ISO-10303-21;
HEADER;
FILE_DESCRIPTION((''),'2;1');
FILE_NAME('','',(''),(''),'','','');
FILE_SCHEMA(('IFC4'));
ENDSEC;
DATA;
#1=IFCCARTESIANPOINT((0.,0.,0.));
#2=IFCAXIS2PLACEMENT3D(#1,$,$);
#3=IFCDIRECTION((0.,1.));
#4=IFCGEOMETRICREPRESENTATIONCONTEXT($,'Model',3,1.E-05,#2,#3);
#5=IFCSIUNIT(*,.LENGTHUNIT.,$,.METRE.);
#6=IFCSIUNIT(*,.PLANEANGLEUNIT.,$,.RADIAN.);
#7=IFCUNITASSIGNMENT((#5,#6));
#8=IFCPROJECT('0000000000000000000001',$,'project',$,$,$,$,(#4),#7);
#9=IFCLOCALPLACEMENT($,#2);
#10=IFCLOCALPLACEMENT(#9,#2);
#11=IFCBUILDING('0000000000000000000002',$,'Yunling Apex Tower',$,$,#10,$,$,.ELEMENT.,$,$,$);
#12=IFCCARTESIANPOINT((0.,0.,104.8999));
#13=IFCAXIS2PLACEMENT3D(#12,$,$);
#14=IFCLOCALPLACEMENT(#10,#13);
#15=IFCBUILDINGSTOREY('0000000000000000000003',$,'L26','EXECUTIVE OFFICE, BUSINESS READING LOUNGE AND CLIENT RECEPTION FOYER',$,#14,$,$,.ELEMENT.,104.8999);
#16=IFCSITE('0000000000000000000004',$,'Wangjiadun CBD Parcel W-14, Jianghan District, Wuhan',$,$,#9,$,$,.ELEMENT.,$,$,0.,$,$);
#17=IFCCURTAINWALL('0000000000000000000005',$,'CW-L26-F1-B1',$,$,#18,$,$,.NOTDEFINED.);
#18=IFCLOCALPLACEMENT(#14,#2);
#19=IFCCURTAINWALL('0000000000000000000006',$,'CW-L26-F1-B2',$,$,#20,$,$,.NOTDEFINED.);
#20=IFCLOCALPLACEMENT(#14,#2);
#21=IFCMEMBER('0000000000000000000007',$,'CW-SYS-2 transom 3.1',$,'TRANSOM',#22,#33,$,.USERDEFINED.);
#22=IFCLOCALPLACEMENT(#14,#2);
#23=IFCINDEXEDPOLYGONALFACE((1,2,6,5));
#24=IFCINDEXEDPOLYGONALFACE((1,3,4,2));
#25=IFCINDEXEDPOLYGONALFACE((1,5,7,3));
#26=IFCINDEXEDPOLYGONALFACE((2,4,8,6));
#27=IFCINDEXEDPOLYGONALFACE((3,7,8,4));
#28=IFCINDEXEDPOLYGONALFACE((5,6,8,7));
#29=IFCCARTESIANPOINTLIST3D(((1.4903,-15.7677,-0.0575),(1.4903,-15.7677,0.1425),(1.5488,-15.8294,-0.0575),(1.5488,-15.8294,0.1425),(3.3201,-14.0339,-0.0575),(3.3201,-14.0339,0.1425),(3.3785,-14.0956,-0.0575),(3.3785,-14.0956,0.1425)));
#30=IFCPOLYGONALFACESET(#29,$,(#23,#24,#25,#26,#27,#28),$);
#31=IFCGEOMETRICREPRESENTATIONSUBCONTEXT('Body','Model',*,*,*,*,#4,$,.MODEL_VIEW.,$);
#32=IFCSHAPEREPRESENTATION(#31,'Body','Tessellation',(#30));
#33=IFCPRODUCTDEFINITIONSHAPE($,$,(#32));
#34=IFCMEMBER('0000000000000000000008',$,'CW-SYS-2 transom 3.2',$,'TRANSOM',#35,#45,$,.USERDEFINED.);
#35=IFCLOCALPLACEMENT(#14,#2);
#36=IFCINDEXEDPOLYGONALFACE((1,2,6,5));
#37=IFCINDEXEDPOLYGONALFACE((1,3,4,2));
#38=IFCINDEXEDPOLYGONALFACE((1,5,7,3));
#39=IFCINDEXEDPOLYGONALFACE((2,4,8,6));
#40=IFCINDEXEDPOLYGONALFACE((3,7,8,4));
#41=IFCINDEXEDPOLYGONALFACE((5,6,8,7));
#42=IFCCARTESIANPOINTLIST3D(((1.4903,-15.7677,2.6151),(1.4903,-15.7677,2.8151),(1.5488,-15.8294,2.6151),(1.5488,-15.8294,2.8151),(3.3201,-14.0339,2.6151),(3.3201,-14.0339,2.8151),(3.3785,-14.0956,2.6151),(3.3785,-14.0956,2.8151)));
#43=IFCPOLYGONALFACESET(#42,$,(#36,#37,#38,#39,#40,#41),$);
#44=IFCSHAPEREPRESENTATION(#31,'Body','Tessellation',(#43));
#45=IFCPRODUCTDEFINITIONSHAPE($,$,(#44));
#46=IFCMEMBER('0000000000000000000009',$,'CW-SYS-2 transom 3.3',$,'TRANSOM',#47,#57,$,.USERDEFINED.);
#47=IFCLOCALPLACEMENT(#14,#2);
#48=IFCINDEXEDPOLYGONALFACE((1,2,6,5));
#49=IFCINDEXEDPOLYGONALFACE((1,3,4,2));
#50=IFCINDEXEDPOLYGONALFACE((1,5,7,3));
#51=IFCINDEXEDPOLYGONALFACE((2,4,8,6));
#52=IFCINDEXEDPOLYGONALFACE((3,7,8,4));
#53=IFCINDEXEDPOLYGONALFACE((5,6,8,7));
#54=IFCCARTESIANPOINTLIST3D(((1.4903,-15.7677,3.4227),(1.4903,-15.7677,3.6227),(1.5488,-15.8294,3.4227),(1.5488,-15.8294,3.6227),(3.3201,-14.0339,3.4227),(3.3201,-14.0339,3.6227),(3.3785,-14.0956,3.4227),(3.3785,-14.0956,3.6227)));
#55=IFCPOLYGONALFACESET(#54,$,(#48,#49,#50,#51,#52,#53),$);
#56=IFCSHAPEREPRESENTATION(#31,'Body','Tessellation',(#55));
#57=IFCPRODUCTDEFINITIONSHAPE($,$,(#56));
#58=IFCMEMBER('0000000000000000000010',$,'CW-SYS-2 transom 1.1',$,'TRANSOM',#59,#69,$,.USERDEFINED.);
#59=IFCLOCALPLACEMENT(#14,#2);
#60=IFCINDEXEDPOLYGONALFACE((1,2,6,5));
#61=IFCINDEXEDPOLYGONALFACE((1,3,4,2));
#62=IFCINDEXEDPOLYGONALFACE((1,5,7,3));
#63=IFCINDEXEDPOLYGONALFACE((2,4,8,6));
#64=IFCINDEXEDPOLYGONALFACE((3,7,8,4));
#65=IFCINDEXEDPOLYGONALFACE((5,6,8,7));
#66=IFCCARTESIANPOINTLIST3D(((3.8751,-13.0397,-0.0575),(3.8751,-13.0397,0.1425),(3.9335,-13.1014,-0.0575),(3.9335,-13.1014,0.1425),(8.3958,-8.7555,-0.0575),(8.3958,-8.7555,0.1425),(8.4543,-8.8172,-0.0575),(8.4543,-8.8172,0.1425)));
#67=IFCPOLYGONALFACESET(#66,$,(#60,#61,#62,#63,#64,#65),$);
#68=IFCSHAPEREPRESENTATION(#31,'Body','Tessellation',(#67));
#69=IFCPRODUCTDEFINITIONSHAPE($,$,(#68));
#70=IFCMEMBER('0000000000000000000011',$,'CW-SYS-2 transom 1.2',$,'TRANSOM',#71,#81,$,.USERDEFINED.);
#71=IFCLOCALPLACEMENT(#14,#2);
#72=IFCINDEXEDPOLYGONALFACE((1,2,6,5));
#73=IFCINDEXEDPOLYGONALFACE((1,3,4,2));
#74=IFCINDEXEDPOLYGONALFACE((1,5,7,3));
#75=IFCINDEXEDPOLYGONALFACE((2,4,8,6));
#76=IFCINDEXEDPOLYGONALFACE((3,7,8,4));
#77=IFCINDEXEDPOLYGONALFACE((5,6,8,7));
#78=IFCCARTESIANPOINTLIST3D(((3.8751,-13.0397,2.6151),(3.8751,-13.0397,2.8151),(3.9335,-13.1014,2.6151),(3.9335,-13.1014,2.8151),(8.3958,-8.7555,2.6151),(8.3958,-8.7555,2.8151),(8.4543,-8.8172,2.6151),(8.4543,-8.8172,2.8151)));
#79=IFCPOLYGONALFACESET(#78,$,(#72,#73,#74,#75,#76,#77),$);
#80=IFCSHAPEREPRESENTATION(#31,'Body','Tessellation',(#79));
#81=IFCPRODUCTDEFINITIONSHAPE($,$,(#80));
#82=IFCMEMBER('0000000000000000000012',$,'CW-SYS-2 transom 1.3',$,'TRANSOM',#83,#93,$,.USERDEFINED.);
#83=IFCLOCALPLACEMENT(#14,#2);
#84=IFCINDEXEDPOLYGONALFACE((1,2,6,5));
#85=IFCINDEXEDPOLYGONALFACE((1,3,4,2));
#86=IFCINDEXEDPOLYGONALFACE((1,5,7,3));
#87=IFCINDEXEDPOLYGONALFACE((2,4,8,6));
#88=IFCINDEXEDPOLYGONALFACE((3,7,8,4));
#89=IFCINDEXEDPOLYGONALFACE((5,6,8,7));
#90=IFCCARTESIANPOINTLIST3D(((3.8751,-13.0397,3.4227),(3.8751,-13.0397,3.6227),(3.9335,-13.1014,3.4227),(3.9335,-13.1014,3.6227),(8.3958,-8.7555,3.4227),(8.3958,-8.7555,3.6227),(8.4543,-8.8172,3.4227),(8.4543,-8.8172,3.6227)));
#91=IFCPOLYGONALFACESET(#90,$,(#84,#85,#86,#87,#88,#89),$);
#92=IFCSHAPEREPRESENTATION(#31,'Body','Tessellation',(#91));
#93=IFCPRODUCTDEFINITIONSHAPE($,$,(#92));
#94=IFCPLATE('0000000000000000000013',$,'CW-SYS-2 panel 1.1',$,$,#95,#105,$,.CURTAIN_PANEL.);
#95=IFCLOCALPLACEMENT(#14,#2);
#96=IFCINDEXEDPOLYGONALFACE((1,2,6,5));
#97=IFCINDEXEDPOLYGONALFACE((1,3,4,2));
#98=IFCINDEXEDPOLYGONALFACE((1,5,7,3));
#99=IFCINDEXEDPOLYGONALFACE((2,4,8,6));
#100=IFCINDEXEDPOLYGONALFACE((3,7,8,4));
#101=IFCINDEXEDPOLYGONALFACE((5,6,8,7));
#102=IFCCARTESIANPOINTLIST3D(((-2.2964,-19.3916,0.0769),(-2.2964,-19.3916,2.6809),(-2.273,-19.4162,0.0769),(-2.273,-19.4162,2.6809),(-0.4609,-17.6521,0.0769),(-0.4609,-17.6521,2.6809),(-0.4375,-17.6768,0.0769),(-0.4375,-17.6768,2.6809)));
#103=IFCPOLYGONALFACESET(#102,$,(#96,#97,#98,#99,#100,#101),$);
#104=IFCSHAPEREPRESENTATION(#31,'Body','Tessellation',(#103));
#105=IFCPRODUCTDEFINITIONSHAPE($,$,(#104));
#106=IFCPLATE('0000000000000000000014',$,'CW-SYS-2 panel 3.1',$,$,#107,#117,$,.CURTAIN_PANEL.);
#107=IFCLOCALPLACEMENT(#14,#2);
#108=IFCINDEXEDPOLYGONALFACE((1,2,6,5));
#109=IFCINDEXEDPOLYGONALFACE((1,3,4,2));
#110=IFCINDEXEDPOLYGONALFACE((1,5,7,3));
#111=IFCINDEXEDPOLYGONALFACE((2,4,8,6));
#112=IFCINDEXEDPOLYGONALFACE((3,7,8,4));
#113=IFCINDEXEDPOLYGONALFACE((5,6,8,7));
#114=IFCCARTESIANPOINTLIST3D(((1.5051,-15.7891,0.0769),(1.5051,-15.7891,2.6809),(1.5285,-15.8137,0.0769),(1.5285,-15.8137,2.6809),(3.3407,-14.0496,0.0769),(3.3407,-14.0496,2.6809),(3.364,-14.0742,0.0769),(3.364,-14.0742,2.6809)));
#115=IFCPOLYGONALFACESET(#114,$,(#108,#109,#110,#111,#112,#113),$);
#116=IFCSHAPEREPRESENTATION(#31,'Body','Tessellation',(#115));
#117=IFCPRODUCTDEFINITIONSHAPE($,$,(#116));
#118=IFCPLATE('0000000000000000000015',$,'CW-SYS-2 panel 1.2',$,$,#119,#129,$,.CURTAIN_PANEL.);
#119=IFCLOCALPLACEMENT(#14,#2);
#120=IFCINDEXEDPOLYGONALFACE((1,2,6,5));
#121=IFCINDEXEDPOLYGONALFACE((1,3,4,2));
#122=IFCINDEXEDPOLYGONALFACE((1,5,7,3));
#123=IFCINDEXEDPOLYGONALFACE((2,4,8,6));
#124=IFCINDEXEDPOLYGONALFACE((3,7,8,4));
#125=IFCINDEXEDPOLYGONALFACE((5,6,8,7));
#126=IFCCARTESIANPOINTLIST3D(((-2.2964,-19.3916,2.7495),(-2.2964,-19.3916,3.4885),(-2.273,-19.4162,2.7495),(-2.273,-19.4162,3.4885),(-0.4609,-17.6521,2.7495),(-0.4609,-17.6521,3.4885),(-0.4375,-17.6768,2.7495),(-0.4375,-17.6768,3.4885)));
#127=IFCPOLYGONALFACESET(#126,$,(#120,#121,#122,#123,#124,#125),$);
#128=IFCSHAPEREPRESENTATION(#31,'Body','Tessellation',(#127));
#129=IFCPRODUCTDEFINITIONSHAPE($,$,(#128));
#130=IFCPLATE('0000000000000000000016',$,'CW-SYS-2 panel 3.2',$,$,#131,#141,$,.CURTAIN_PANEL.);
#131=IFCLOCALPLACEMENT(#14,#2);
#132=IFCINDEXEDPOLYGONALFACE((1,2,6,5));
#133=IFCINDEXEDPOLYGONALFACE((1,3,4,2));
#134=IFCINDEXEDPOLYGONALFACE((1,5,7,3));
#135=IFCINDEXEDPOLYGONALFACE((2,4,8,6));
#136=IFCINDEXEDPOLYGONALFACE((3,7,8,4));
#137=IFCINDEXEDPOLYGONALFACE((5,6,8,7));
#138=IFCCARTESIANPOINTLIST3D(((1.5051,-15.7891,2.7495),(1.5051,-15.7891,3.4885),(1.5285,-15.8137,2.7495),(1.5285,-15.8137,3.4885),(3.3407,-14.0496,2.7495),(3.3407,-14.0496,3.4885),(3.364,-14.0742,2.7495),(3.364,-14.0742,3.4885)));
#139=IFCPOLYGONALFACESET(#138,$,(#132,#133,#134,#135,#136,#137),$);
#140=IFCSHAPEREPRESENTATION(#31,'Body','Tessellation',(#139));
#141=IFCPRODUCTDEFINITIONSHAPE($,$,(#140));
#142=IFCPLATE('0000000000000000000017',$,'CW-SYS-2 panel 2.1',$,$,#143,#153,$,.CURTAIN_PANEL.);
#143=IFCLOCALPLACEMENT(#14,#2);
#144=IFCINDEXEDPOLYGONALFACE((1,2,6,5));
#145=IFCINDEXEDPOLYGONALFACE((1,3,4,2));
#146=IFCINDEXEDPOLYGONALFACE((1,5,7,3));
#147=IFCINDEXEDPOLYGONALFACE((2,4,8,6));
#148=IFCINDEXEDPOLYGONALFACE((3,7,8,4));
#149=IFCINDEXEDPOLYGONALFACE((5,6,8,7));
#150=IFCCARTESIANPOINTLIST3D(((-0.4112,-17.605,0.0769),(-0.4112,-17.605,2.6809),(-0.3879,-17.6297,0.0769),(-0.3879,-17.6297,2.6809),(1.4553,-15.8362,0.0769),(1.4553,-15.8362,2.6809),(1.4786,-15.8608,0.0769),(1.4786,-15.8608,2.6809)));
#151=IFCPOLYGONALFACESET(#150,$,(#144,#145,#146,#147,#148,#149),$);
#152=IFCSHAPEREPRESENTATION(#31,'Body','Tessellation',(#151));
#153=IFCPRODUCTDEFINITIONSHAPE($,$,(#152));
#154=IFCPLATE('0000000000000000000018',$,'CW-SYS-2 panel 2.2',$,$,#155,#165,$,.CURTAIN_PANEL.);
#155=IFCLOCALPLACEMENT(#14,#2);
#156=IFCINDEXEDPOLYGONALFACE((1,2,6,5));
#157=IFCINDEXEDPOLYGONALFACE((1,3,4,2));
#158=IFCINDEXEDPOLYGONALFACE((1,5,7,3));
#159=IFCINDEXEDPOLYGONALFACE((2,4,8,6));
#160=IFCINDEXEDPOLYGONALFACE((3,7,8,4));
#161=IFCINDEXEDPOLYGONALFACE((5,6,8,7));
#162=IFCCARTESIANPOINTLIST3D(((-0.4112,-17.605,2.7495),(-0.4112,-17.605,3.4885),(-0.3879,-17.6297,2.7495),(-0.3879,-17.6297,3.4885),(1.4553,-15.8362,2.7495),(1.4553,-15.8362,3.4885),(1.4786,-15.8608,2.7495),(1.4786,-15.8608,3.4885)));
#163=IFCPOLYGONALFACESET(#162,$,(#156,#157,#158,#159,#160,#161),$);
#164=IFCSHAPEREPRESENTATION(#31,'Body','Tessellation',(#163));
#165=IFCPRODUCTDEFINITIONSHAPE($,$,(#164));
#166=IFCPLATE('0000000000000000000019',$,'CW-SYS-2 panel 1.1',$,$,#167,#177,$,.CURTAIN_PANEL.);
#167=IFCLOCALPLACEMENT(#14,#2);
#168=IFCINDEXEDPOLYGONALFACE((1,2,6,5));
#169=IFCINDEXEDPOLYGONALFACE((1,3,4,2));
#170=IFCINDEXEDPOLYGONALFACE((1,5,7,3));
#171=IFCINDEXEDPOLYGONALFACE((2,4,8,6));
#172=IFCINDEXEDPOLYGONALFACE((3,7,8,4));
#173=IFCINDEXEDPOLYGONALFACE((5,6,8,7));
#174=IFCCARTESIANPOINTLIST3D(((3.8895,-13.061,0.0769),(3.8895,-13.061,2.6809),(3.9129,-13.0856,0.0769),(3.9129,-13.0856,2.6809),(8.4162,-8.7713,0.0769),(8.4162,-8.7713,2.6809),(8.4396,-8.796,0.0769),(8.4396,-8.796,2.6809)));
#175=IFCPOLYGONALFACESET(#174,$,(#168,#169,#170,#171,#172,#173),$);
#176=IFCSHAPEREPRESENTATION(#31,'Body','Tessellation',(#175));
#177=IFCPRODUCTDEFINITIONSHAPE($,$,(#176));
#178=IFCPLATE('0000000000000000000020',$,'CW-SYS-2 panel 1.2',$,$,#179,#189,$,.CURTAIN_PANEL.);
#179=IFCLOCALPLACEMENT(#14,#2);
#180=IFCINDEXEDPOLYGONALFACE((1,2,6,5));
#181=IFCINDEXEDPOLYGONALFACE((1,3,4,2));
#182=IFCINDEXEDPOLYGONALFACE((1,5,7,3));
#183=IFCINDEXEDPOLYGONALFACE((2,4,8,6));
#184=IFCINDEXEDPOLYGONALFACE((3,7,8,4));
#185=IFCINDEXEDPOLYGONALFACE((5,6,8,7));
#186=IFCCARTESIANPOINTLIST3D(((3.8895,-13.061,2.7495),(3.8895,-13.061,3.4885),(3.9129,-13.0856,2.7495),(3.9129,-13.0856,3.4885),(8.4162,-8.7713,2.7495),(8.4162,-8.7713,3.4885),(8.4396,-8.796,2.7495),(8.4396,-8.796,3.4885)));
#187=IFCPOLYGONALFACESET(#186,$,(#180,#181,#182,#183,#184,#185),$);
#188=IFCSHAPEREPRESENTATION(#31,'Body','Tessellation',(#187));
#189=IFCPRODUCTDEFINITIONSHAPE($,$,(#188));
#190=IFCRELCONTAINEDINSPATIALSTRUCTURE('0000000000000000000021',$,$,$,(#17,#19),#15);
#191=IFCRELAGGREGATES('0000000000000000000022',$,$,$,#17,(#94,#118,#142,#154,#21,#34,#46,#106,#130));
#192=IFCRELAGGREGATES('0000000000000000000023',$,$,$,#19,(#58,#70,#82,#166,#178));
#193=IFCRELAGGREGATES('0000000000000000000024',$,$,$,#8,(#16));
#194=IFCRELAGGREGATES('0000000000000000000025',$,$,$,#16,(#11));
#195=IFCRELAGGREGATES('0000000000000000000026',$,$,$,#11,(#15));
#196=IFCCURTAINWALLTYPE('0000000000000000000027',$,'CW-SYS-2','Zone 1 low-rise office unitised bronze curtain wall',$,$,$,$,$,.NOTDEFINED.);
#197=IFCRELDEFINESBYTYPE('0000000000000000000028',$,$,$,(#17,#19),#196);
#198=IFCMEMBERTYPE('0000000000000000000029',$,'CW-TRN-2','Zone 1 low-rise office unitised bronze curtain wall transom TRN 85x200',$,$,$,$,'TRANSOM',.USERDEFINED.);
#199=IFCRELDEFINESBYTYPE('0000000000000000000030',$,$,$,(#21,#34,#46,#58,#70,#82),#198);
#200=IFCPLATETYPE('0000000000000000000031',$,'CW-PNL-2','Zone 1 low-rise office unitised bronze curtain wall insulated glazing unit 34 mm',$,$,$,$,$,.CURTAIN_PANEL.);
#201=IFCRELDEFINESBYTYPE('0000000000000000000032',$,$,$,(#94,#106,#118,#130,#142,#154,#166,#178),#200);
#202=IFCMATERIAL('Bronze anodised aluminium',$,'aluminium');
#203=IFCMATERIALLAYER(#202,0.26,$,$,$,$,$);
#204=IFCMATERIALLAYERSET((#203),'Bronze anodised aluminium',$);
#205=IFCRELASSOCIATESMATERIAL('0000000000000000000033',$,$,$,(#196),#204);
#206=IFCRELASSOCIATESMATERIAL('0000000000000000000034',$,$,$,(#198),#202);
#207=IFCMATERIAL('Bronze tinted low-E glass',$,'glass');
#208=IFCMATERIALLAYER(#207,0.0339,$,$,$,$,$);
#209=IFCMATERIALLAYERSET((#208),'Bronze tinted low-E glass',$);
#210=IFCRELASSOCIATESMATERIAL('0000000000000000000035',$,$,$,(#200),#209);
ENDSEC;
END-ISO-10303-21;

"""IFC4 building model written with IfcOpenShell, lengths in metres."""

from ifc_helpers import new_model, si_unit, direction, frame, origin, origin_2d, place, context, subcontext, project, spatial, rectangle, extrude, source, transform, mapped, material, layer, layer_set, material_profile, profile_set, type_object, element, aggregate, save


model = new_model("IFC4")

# Units and contexts
model_context = context("Model", 3, precision=1e-05, world=origin(), true_north=direction((0.0, 1.0)))
body_context = subcontext(model_context, "Body", "Model", "MODEL_VIEW")
ifc_project = project(units=[si_unit("LENGTHUNIT", "METRE"), si_unit("PLANEANGLEUNIT", "RADIAN")], contexts=[model_context])

# Site, building, storey
site_placement = place(None, origin())
site = spatial("IfcSite", under=ifc_project, at=site_placement, Name="Wangjiadun CBD Parcel W-14, Jianghan District, Wuhan", CompositionType="ELEMENT", RefElevation=0.0)
building_placement = place(site_placement, origin())
building = spatial("IfcBuilding", under=site, at=building_placement, Name="Yunling Apex Tower", CompositionType="ELEMENT")
storey_placement = place(building_placement, frame((0.0, 0.0, 104.8999)))
storey = spatial("IfcBuildingStorey", under=building, at=storey_placement, Name="L26", Description="EXECUTIVE OFFICE, BUSINESS READING LOUNGE AND CLIENT RECEPTION FOYER", CompositionType="ELEMENT", Elevation=104.8999)

# Curtain walls
ifc_material_1 = material(Name="Bronze anodised aluminium", Category="aluminium")
ifc_layer_1 = layer(ifc_material_1, 0.26)
ifc_layer_set_1 = layer_set([ifc_layer_1], Name="Bronze anodised aluminium")
curtain_wall_type = type_object("IfcCurtainWallType", Name="CW-SYS-2", Description="Zone 1 low-rise office unitised bronze curtain wall", PredefinedType="NOTDEFINED", material=ifc_layer_set_1)
curtain_wall_1_placement = place(storey_placement, origin())
curtain_wall_1 = element("IfcCurtainWall", 1, at=curtain_wall_1_placement, inside=storey, type_object=curtain_wall_type, Name="CW-L26-F1-B1", PredefinedType="NOTDEFINED")
curtain_wall_2_placement = place(storey_placement, origin())
curtain_wall_2 = element("IfcCurtainWall", 2, at=curtain_wall_2_placement, inside=storey, type_object=curtain_wall_type, Name="CW-L26-F1-B2", PredefinedType="NOTDEFINED")

# Members
ifc_material_profile_1 = material_profile(ifc_material_1, rectangle(XDim=0.085, YDim=0.2, at=origin_2d()))
ifc_profile_set_1 = profile_set([ifc_material_profile_1], Name="Bronze anodised aluminium")
member_type_1 = type_object("IfcMemberType", Name="CW-TRN-2", Description="Zone 1 low-rise office unitised bronze curtain wall transom TRN 85x200", ElementType="TRANSOM", PredefinedType="USERDEFINED", material=ifc_profile_set_1)
shared_shape_1 = source(origin(), body_context, "Body", "SweptSolid", [
    extrude(rectangle(XDim=0.085, YDim=0.2, at=origin_2d()), origin(), (0.0, 0.0, 1.0), 2.5208),
])
member_1_placement = place(storey_placement, frame((1.5195, -15.7986, 0.0425), z_axis=(0.725881, 0.68782, 0.0), x_axis=(-0.68782, 0.725881, 0.0)))
member_1 = element("IfcMember", 3, at=member_1_placement, type_object=member_type_1, Name="CW-SYS-2 transom 3.1", ObjectType="TRANSOM", PredefinedType="USERDEFINED", context=body_context, shape_type="MappedRepresentation", body=[
    mapped(shared_shape_1, transform((0.0, 0.0, 0.0), scale=1.0)),
])
member_2_placement = place(storey_placement, frame((1.5195, -15.7986, 2.7151), z_axis=(0.725881, 0.68782, 0.0), x_axis=(-0.68782, 0.725881, 0.0)))
member_2 = element("IfcMember", 4, at=member_2_placement, type_object=member_type_1, Name="CW-SYS-2 transom 3.2", ObjectType="TRANSOM", PredefinedType="USERDEFINED", context=body_context, shape_type="MappedRepresentation", body=[
    mapped(shared_shape_1, transform((0.0, 0.0, 0.0), scale=1.0)),
])
member_3_placement = place(storey_placement, frame((1.5195, -15.7986, 3.5227), z_axis=(0.725881, 0.68782, 0.0), x_axis=(-0.68782, 0.725881, 0.0)))
member_3 = element("IfcMember", 5, at=member_3_placement, type_object=member_type_1, Name="CW-SYS-2 transom 3.3", ObjectType="TRANSOM", PredefinedType="USERDEFINED", context=body_context, shape_type="MappedRepresentation", body=[
    mapped(shared_shape_1, transform((0.0, 0.0, 0.0), scale=1.0)),
])
shared_shape_2 = source(origin(), body_context, "Body", "SweptSolid", [
    extrude(rectangle(XDim=0.085, YDim=0.2, at=origin_2d()), origin(), (0.0, 0.0, 1.0), 6.2283),
])
member_4_placement = place(storey_placement, frame((3.9043, -13.0706, 0.0425), z_axis=(0.725843, 0.68786, 0.0), x_axis=(-0.68786, 0.725843, 0.0)))
member_4 = element("IfcMember", 6, at=member_4_placement, type_object=member_type_1, Name="CW-SYS-2 transom 1.1", ObjectType="TRANSOM", PredefinedType="USERDEFINED", context=body_context, shape_type="MappedRepresentation", body=[
    mapped(shared_shape_2, transform((0.0, 0.0, 0.0), scale=1.0)),
])
member_5_placement = place(storey_placement, frame((3.9043, -13.0706, 2.7151), z_axis=(0.725843, 0.68786, 0.0), x_axis=(-0.68786, 0.725843, 0.0)))
member_5 = element("IfcMember", 7, at=member_5_placement, type_object=member_type_1, Name="CW-SYS-2 transom 1.2", ObjectType="TRANSOM", PredefinedType="USERDEFINED", context=body_context, shape_type="MappedRepresentation", body=[
    mapped(shared_shape_2, transform((0.0, 0.0, 0.0), scale=1.0)),
])
member_6_placement = place(storey_placement, frame((3.9043, -13.0706, 3.5227), z_axis=(0.725843, 0.68786, 0.0), x_axis=(-0.68786, 0.725843, 0.0)))
member_6 = element("IfcMember", 8, at=member_6_placement, type_object=member_type_1, Name="CW-SYS-2 transom 1.3", ObjectType="TRANSOM", PredefinedType="USERDEFINED", context=body_context, shape_type="MappedRepresentation", body=[
    mapped(shared_shape_2, transform((0.0, 0.0, 0.0), scale=1.0)),
])

# Plates
ifc_material_2 = material(Name="Bronze tinted low-E glass", Category="glass")
ifc_layer_2 = layer(ifc_material_2, 0.0339)
ifc_layer_set_2 = layer_set([ifc_layer_2], Name="Bronze tinted low-E glass")
plate_type = type_object("IfcPlateType", Name="CW-PNL-2", Description="Zone 1 low-rise office unitised bronze curtain wall insulated glazing unit 34 mm", PredefinedType="CURTAIN_PANEL", material=ifc_layer_set_2)
shared_shape_3 = source(origin(), body_context, "Body", "SweptSolid", [
    extrude(rectangle(XDim=2.5288, YDim=0.0339, at=origin_2d()), origin(), (0.0, 0.0, 1.0), 2.604),
])
plate_1_placement = place(storey_placement, frame((-1.3669, -18.5342, 0.0769), z_axis=(0.0, 0.0, 1.0), x_axis=(0.725842, 0.687861, 0.0)))
plate_1 = element("IfcPlate", 9, at=plate_1_placement, type_object=plate_type, Name="CW-SYS-2 panel 1.1", PredefinedType="CURTAIN_PANEL", context=body_context, shape_type="MappedRepresentation", body=[
    mapped(shared_shape_3, transform((0.0, 0.0, 0.0), scale=1.0)),
])
plate_2_placement = place(storey_placement, frame((2.4346, -14.9316, 0.0769), z_axis=(0.0, 0.0, 1.0), x_axis=(0.725842, 0.687861, 0.0)))
plate_2 = element("IfcPlate", 10, at=plate_2_placement, type_object=plate_type, Name="CW-SYS-2 panel 3.1", PredefinedType="CURTAIN_PANEL", context=body_context, shape_type="MappedRepresentation", body=[
    mapped(shared_shape_3, transform((0.0, 0.0, 0.0), scale=1.0)),
])
shared_shape_4 = source(origin(), body_context, "Body", "SweptSolid", [
    extrude(rectangle(XDim=2.5288, YDim=0.0339, at=origin_2d()), origin(), (0.0, 0.0, 1.0), 0.739),
])
plate_3_placement = place(storey_placement, frame((-1.3669, -18.5342, 2.7495), z_axis=(0.0, 0.0, 1.0), x_axis=(0.725842, 0.687861, 0.0)))
plate_3 = element("IfcPlate", 11, at=plate_3_placement, type_object=plate_type, Name="CW-SYS-2 panel 1.2", PredefinedType="CURTAIN_PANEL", context=body_context, shape_type="MappedRepresentation", body=[
    mapped(shared_shape_4, transform((0.0, 0.0, 0.0), scale=1.0)),
])
plate_4_placement = place(storey_placement, frame((2.4346, -14.9316, 2.7495), z_axis=(0.0, 0.0, 1.0), x_axis=(0.725842, 0.687861, 0.0)))
plate_4 = element("IfcPlate", 12, at=plate_4_placement, type_object=plate_type, Name="CW-SYS-2 panel 3.2", PredefinedType="CURTAIN_PANEL", context=body_context, shape_type="MappedRepresentation", body=[
    mapped(shared_shape_4, transform((0.0, 0.0, 0.0), scale=1.0)),
])
shared_shape_5 = source(origin(), body_context, "Body", "SweptSolid", [
    extrude(rectangle(XDim=2.5715, YDim=0.0339, at=origin_2d()), origin(), (0.0, 0.0, 1.0), 2.604),
])
plate_5_placement = place(storey_placement, frame((0.5337, -16.7329, 0.0769), z_axis=(0.0, 0.0, 1.0), x_axis=(0.725842, 0.687861, 0.0)))
plate_5 = element("IfcPlate", 13, at=plate_5_placement, type_object=plate_type, Name="CW-SYS-2 panel 2.1", PredefinedType="CURTAIN_PANEL", context=body_context, shape_type="MappedRepresentation", body=[
    mapped(shared_shape_5, transform((0.0, 0.0, 0.0), scale=1.0)),
])
shared_shape_6 = source(origin(), body_context, "Body", "SweptSolid", [
    extrude(rectangle(XDim=2.5715, YDim=0.0339, at=origin_2d()), origin(), (0.0, 0.0, 1.0), 0.739),
])
plate_6_placement = place(storey_placement, frame((0.5337, -16.7329, 2.7495), z_axis=(0.0, 0.0, 1.0), x_axis=(0.725842, 0.687861, 0.0)))
plate_6 = element("IfcPlate", 14, at=plate_6_placement, type_object=plate_type, Name="CW-SYS-2 panel 2.2", PredefinedType="CURTAIN_PANEL", context=body_context, shape_type="MappedRepresentation", body=[
    mapped(shared_shape_6, transform((0.0, 0.0, 0.0), scale=1.0)),
])
aggregate(curtain_wall_1, [plate_1, plate_3, plate_5, plate_6, member_1, member_2, member_3, plate_2, plate_4])
shared_shape_7 = source(origin(), body_context, "Body", "SweptSolid", [
    extrude(rectangle(XDim=6.2363, YDim=0.0339, at=origin_2d()), origin(), (0.0, 0.0, 1.0), 2.604),
])
plate_7_placement = place(storey_placement, frame((6.1646, -10.9285, 0.0769), z_axis=(0.0, 0.0, 1.0), x_axis=(0.725858, 0.687844, 0.0)))
plate_7 = element("IfcPlate", 15, at=plate_7_placement, type_object=plate_type, Name="CW-SYS-2 panel 1.1", PredefinedType="CURTAIN_PANEL", context=body_context, shape_type="MappedRepresentation", body=[
    mapped(shared_shape_7, transform((0.0, 0.0, 0.0), scale=1.0)),
])
shared_shape_8 = source(origin(), body_context, "Body", "SweptSolid", [
    extrude(rectangle(XDim=6.2363, YDim=0.0339, at=origin_2d()), origin(), (0.0, 0.0, 1.0), 0.739),
])
plate_8_placement = place(storey_placement, frame((6.1646, -10.9285, 2.7495), z_axis=(0.0, 0.0, 1.0), x_axis=(0.725858, 0.687844, 0.0)))
plate_8 = element("IfcPlate", 16, at=plate_8_placement, type_object=plate_type, Name="CW-SYS-2 panel 1.2", PredefinedType="CURTAIN_PANEL", context=body_context, shape_type="MappedRepresentation", body=[
    mapped(shared_shape_8, transform((0.0, 0.0, 0.0), scale=1.0)),
])
aggregate(curtain_wall_2, [member_4, member_5, member_6, plate_7, plate_8])

save(model, "model.ifc")
